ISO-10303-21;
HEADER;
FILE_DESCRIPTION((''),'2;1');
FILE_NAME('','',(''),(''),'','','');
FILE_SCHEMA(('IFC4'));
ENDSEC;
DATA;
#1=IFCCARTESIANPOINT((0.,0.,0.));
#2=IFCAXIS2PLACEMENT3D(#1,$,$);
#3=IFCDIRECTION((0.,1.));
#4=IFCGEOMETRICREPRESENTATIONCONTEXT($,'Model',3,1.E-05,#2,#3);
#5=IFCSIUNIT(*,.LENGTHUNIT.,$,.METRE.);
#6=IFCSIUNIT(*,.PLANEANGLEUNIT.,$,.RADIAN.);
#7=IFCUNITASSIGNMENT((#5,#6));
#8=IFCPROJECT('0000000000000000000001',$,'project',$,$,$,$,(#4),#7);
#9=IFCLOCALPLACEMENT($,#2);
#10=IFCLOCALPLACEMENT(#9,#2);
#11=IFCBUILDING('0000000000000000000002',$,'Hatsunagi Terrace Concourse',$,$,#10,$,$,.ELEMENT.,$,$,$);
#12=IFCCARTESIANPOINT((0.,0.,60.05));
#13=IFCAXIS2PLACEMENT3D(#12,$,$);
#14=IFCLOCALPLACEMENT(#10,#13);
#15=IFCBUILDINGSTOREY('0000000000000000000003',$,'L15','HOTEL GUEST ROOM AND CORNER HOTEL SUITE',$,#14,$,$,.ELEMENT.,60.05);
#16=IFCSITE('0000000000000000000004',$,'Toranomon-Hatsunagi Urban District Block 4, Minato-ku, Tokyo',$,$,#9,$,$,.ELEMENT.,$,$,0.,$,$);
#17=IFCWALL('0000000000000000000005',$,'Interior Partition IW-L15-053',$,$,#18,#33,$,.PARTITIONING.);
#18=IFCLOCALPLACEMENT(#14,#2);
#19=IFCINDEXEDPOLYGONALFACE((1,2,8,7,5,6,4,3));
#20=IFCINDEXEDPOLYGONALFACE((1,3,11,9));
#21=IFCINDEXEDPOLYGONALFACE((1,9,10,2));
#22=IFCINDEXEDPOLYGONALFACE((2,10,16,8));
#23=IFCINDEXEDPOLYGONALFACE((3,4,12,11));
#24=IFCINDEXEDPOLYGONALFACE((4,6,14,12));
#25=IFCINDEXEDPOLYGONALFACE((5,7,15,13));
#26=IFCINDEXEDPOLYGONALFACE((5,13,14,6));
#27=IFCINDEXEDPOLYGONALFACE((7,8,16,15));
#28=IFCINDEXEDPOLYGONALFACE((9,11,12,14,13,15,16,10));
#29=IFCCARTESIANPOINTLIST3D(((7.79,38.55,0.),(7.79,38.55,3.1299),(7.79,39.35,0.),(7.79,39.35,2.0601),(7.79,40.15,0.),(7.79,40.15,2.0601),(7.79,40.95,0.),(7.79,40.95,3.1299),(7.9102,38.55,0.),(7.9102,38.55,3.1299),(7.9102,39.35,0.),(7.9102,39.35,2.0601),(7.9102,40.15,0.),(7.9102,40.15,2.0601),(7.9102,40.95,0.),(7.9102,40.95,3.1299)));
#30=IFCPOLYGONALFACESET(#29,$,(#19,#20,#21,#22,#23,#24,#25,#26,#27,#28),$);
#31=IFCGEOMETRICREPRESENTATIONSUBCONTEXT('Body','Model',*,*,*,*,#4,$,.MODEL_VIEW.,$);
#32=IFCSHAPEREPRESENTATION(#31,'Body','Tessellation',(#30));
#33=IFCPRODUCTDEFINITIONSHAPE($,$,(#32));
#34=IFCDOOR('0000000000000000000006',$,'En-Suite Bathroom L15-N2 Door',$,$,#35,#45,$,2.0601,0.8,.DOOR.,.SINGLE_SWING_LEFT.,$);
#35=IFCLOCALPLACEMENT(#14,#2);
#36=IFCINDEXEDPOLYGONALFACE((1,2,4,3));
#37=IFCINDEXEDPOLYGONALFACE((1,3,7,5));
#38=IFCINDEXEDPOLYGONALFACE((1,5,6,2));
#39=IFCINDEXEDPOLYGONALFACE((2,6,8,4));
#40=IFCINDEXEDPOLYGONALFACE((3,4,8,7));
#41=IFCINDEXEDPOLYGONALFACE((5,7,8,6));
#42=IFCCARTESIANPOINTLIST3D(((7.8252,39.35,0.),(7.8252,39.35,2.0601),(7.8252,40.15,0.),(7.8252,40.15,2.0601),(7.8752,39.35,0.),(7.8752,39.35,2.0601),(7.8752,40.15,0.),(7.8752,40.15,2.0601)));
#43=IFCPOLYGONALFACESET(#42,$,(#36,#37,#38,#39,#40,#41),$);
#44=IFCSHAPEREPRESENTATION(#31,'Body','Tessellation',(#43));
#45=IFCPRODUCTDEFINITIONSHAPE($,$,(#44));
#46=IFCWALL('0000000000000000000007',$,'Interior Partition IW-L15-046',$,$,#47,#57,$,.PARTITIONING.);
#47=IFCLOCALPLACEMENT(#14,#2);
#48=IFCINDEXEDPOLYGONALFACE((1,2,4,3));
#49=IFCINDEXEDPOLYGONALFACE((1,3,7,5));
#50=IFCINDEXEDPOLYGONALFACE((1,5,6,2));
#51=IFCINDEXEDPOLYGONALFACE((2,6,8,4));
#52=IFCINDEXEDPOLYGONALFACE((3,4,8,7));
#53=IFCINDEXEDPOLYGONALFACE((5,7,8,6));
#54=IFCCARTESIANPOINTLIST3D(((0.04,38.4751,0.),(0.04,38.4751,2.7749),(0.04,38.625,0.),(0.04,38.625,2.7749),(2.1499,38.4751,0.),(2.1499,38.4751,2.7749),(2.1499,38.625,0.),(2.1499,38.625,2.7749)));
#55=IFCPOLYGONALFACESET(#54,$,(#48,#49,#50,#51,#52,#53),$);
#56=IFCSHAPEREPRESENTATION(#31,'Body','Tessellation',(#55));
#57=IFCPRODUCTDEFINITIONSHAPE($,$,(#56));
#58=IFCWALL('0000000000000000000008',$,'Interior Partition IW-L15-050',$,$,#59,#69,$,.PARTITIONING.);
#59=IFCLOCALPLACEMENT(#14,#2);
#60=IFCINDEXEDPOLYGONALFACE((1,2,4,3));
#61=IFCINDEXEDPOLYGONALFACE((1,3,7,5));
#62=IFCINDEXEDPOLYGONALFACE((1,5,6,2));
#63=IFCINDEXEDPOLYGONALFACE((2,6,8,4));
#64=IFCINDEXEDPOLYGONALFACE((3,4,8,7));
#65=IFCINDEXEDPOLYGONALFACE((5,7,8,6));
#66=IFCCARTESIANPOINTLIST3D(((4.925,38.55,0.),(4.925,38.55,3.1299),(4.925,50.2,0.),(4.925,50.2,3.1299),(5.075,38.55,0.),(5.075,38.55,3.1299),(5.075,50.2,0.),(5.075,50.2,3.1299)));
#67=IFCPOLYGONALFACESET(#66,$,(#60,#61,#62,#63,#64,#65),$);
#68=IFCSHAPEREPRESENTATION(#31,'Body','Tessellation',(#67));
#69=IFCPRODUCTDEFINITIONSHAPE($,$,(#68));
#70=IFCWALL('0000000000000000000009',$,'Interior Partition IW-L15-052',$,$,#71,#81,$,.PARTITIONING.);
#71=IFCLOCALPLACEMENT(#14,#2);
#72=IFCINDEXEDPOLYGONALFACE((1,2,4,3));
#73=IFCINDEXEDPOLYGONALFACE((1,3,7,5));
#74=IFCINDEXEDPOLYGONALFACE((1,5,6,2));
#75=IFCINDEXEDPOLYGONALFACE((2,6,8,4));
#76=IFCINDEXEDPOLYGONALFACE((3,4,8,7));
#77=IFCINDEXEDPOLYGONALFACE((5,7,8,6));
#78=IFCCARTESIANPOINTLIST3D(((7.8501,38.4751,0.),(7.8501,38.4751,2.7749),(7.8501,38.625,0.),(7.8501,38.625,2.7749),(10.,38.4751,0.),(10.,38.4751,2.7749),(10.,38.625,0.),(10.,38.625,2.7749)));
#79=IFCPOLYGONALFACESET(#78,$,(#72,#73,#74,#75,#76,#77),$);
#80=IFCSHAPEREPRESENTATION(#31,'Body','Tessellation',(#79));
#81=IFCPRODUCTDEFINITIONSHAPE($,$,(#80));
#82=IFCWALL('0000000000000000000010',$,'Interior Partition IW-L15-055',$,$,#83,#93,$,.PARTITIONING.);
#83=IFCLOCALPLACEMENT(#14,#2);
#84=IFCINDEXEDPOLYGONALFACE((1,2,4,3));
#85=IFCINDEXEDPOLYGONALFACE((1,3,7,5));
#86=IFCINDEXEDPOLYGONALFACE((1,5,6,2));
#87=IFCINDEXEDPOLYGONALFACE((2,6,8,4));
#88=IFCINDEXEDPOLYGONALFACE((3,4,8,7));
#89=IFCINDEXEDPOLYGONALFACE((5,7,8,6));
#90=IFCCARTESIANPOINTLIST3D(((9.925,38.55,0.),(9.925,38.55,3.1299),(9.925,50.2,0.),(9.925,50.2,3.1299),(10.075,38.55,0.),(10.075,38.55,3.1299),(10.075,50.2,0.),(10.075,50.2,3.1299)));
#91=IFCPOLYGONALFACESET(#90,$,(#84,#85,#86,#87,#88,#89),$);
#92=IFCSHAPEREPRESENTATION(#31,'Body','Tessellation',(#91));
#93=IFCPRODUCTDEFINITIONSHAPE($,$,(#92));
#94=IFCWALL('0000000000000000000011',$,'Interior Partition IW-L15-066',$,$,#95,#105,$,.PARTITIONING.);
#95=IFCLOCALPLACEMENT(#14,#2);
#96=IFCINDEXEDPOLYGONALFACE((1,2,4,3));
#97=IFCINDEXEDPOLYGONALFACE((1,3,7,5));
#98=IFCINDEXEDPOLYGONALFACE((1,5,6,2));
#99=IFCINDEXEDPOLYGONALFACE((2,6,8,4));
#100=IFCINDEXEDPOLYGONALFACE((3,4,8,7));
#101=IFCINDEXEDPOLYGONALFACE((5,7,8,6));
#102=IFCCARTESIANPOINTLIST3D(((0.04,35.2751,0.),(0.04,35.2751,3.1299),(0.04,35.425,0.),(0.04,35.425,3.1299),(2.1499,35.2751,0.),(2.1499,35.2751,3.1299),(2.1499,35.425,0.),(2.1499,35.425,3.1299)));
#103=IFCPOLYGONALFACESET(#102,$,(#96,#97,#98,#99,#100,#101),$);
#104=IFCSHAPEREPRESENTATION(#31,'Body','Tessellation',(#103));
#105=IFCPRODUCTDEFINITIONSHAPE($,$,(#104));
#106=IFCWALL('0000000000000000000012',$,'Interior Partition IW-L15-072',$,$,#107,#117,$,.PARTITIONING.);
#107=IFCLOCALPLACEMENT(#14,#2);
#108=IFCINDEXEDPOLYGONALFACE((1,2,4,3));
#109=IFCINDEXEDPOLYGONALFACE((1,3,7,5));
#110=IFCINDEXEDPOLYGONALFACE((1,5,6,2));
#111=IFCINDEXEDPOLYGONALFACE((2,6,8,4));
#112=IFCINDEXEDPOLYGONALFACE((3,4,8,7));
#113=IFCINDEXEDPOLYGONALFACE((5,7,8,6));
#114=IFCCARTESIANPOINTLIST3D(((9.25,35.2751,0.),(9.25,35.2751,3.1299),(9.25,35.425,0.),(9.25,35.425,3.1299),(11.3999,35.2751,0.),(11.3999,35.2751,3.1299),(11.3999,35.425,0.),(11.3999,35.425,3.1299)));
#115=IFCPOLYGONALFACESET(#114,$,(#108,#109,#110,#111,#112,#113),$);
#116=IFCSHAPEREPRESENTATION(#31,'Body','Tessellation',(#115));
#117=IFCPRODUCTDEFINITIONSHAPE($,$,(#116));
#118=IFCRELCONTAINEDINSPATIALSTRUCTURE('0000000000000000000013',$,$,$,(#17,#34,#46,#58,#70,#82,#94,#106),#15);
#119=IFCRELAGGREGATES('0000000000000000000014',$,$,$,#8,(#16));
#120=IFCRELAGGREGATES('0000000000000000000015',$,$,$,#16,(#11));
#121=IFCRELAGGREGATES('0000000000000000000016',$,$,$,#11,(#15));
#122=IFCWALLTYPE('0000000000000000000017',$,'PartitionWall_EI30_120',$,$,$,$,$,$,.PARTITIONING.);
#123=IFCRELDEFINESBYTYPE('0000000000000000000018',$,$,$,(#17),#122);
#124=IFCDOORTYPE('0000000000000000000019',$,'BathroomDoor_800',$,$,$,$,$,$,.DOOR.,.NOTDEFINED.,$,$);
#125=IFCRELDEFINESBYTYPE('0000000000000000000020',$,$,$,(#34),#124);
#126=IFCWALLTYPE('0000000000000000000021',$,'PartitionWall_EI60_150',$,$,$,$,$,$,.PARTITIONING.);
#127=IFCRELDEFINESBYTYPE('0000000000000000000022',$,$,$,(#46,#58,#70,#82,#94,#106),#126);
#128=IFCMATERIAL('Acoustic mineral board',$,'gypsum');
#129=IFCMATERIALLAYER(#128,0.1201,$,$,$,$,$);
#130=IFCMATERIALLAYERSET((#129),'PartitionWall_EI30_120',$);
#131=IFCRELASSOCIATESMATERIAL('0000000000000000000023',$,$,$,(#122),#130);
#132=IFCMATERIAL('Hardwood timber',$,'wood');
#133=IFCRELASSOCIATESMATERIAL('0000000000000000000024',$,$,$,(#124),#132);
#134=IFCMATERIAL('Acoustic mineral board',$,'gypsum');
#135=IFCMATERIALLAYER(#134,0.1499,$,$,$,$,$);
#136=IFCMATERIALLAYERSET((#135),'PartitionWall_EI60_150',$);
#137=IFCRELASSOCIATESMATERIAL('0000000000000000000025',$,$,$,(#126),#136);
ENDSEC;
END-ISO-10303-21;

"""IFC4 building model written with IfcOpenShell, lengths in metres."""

from ifc_helpers import new_model, si_unit, direction, frame, frame_2d, origin, place, context, subcontext, project, spatial, rectangle, extrude, material, layer, layer_set, type_object, element, fill, save


model = new_model("IFC4")

# Units and contexts
model_context = context("Model", 3, precision=1e-05, world=origin(), true_north=direction((0.0, 1.0)))
body_context = subcontext(model_context, "Body", "Model", "MODEL_VIEW")
ifc_project = project(units=[si_unit("LENGTHUNIT", "METRE"), si_unit("PLANEANGLEUNIT", "RADIAN")], contexts=[model_context])

# Site, building, storey
site_placement = place(None, origin())
site = spatial("IfcSite", under=ifc_project, at=site_placement, Name="Toranomon-Hatsunagi Urban District Block 4, Minato-ku, Tokyo", CompositionType="ELEMENT", RefElevation=0.0)
building_placement = place(site_placement, origin())
building = spatial("IfcBuilding", under=site, at=building_placement, Name="Hatsunagi Terrace Concourse", CompositionType="ELEMENT")
storey_placement = place(building_placement, frame((0.0, 0.0, 60.05)))
storey = spatial("IfcBuildingStorey", under=building, at=storey_placement, Name="L15", Description="HOTEL GUEST ROOM AND CORNER HOTEL SUITE", CompositionType="ELEMENT", Elevation=60.05)

# Wall, opening, door
ifc_material_1 = material(Name="Acoustic mineral board", Category="gypsum")
ifc_layer_1 = layer(ifc_material_1, 0.1201)
ifc_layer_set_1 = layer_set([ifc_layer_1], Name="PartitionWall_EI30_120")
wall_type_1 = type_object("IfcWallType", Name="PartitionWall_EI30_120", PredefinedType="PARTITIONING", material=ifc_layer_set_1)
ifc_material_2 = material(Name="Hardwood timber", Category="wood")
door_type_1 = type_object("IfcDoorType", Name="BathroomDoor_800", OperationType="NOTDEFINED", PredefinedType="DOOR", material=ifc_material_2)
wall_1_placement = place(storey_placement, frame((7.8501, 38.55, 0.0), z_axis=(0.0, 0.0, 1.0), x_axis=(0.0, 1.0, 0.0)))
wall_1 = element("IfcWall", 1, at=wall_1_placement, inside=storey, type_object=wall_type_1, Name="Interior Partition IW-L15-053", PredefinedType="PARTITIONING", context=body_context, shape_type="SweptSolid", body=[
    extrude(rectangle(XDim=2.3999, YDim=0.1201, at=frame_2d((1.2, 0.0))), origin(), (0.0, 0.0, 1.0), 3.1299),
])
opening_1_placement = place(wall_1_placement, frame((0.8, 0.0, 0.0)))
opening_1 = element("IfcOpeningElement", 2, at=opening_1_placement, cuts=wall_1, PredefinedType="OPENING", context=body_context, shape_type="SweptSolid", body=[
    extrude(rectangle(XDim=0.8, YDim=2.0601, at=frame_2d((0.3999, 1.03))), frame((0.0, 0.0701, 0.0), z_axis=(0.0, -1.0, 0.0), x_axis=(1.0, 0.0, 0.0)), (0.0, 0.0, 1.0), 0.1401),
])
door_1_placement = place(opening_1_placement, origin())
door_1 = element("IfcDoor", 3, at=door_1_placement, inside=storey, type_object=door_type_1, Name="En-Suite Bathroom L15-N2 Door", OperationType="SINGLE_SWING_LEFT", OverallHeight=2.0601, OverallWidth=0.8, PredefinedType="DOOR", context=body_context, shape_type="SweptSolid", body=[
    extrude(rectangle(XDim=0.8, YDim=2.0601, at=frame_2d((0.3999, 1.03))), frame((0.0, 0.0249, 0.0), z_axis=(0.0, -1.0, 0.0), x_axis=(1.0, 0.0, 0.0)), (0.0, 0.0, 1.0), 0.05),
])
fill(opening_1, door_1)

# Wall
ifc_material_3 = material(Name="Acoustic mineral board", Category="gypsum")
ifc_layer_2 = layer(ifc_material_3, 0.1499)
ifc_layer_set_2 = layer_set([ifc_layer_2], Name="PartitionWall_EI60_150")
wall_type_2 = type_object("IfcWallType", Name="PartitionWall_EI60_150", PredefinedType="PARTITIONING", material=ifc_layer_set_2)
wall_2_placement = place(storey_placement, frame((0.04, 38.55, 0.0), z_axis=(0.0, 0.0, 1.0), x_axis=(1.0, 0.0, 0.0)))
element("IfcWall", 4, at=wall_2_placement, inside=storey, type_object=wall_type_2, Name="Interior Partition IW-L15-046", PredefinedType="PARTITIONING", context=body_context, shape_type="SweptSolid", body=[
    extrude(rectangle(XDim=2.1099, YDim=0.1499, at=frame_2d((1.0549, 0.0))), origin(), (0.0, 0.0, 1.0), 2.7749),
])

# Wall
wall_3_placement = place(storey_placement, frame((5.0, 38.55, 0.0), z_axis=(0.0, 0.0, 1.0), x_axis=(0.0, 1.0, 0.0)))
element("IfcWall", 5, at=wall_3_placement, inside=storey, type_object=wall_type_2, Name="Interior Partition IW-L15-050", PredefinedType="PARTITIONING", context=body_context, shape_type="SweptSolid", body=[
    extrude(rectangle(XDim=11.6499, YDim=0.1499, at=frame_2d((5.825, 0.0))), origin(), (0.0, 0.0, 1.0), 3.1299),
])

# Walls
wall_4_placement = place(storey_placement, frame((7.8501, 38.55, 0.0), z_axis=(0.0, 0.0, 1.0), x_axis=(1.0, 0.0, 0.0)))
element("IfcWall", 6, at=wall_4_placement, inside=storey, type_object=wall_type_2, Name="Interior Partition IW-L15-052", PredefinedType="PARTITIONING", context=body_context, shape_type="SweptSolid", body=[
    extrude(rectangle(XDim=2.1499, YDim=0.1499, at=frame_2d((1.075, 0.0))), origin(), (0.0, 0.0, 1.0), 2.7749),
])
wall_5_placement = place(storey_placement, frame((10.0, 38.55, 0.0), z_axis=(0.0, 0.0, 1.0), x_axis=(0.0, 1.0, 0.0)))
element("IfcWall", 7, at=wall_5_placement, inside=storey, type_object=wall_type_2, Name="Interior Partition IW-L15-055", PredefinedType="PARTITIONING", context=body_context, shape_type="SweptSolid", body=[
    extrude(rectangle(XDim=11.6499, YDim=0.1499, at=frame_2d((5.825, 0.0))), origin(), (0.0, 0.0, 1.0), 3.1299),
])

# Wall
wall_6_placement = place(storey_placement, frame((0.04, 35.3501, 0.0), z_axis=(0.0, 0.0, 1.0), x_axis=(1.0, 0.0, 0.0)))
element("IfcWall", 8, at=wall_6_placement, inside=storey, type_object=wall_type_2, Name="Interior Partition IW-L15-066", PredefinedType="PARTITIONING", context=body_context, shape_type="SweptSolid", body=[
    extrude(rectangle(XDim=2.1099, YDim=0.1499, at=frame_2d((1.0549, 0.0))), origin(), (0.0, 0.0, 1.0), 3.1299),
])

# Wall
wall_7_placement = place(storey_placement, frame((9.25, 35.3501, 0.0), z_axis=(0.0, 0.0, 1.0), x_axis=(1.0, 0.0, 0.0)))
element("IfcWall", 9, at=wall_7_placement, inside=storey, type_object=wall_type_2, Name="Interior Partition IW-L15-072", PredefinedType="PARTITIONING", context=body_context, shape_type="SweptSolid", body=[
    extrude(rectangle(XDim=2.1499, YDim=0.1499, at=frame_2d((1.075, 0.0))), origin(), (0.0, 0.0, 1.0), 3.1299),
])

save(model, "model.ifc")
